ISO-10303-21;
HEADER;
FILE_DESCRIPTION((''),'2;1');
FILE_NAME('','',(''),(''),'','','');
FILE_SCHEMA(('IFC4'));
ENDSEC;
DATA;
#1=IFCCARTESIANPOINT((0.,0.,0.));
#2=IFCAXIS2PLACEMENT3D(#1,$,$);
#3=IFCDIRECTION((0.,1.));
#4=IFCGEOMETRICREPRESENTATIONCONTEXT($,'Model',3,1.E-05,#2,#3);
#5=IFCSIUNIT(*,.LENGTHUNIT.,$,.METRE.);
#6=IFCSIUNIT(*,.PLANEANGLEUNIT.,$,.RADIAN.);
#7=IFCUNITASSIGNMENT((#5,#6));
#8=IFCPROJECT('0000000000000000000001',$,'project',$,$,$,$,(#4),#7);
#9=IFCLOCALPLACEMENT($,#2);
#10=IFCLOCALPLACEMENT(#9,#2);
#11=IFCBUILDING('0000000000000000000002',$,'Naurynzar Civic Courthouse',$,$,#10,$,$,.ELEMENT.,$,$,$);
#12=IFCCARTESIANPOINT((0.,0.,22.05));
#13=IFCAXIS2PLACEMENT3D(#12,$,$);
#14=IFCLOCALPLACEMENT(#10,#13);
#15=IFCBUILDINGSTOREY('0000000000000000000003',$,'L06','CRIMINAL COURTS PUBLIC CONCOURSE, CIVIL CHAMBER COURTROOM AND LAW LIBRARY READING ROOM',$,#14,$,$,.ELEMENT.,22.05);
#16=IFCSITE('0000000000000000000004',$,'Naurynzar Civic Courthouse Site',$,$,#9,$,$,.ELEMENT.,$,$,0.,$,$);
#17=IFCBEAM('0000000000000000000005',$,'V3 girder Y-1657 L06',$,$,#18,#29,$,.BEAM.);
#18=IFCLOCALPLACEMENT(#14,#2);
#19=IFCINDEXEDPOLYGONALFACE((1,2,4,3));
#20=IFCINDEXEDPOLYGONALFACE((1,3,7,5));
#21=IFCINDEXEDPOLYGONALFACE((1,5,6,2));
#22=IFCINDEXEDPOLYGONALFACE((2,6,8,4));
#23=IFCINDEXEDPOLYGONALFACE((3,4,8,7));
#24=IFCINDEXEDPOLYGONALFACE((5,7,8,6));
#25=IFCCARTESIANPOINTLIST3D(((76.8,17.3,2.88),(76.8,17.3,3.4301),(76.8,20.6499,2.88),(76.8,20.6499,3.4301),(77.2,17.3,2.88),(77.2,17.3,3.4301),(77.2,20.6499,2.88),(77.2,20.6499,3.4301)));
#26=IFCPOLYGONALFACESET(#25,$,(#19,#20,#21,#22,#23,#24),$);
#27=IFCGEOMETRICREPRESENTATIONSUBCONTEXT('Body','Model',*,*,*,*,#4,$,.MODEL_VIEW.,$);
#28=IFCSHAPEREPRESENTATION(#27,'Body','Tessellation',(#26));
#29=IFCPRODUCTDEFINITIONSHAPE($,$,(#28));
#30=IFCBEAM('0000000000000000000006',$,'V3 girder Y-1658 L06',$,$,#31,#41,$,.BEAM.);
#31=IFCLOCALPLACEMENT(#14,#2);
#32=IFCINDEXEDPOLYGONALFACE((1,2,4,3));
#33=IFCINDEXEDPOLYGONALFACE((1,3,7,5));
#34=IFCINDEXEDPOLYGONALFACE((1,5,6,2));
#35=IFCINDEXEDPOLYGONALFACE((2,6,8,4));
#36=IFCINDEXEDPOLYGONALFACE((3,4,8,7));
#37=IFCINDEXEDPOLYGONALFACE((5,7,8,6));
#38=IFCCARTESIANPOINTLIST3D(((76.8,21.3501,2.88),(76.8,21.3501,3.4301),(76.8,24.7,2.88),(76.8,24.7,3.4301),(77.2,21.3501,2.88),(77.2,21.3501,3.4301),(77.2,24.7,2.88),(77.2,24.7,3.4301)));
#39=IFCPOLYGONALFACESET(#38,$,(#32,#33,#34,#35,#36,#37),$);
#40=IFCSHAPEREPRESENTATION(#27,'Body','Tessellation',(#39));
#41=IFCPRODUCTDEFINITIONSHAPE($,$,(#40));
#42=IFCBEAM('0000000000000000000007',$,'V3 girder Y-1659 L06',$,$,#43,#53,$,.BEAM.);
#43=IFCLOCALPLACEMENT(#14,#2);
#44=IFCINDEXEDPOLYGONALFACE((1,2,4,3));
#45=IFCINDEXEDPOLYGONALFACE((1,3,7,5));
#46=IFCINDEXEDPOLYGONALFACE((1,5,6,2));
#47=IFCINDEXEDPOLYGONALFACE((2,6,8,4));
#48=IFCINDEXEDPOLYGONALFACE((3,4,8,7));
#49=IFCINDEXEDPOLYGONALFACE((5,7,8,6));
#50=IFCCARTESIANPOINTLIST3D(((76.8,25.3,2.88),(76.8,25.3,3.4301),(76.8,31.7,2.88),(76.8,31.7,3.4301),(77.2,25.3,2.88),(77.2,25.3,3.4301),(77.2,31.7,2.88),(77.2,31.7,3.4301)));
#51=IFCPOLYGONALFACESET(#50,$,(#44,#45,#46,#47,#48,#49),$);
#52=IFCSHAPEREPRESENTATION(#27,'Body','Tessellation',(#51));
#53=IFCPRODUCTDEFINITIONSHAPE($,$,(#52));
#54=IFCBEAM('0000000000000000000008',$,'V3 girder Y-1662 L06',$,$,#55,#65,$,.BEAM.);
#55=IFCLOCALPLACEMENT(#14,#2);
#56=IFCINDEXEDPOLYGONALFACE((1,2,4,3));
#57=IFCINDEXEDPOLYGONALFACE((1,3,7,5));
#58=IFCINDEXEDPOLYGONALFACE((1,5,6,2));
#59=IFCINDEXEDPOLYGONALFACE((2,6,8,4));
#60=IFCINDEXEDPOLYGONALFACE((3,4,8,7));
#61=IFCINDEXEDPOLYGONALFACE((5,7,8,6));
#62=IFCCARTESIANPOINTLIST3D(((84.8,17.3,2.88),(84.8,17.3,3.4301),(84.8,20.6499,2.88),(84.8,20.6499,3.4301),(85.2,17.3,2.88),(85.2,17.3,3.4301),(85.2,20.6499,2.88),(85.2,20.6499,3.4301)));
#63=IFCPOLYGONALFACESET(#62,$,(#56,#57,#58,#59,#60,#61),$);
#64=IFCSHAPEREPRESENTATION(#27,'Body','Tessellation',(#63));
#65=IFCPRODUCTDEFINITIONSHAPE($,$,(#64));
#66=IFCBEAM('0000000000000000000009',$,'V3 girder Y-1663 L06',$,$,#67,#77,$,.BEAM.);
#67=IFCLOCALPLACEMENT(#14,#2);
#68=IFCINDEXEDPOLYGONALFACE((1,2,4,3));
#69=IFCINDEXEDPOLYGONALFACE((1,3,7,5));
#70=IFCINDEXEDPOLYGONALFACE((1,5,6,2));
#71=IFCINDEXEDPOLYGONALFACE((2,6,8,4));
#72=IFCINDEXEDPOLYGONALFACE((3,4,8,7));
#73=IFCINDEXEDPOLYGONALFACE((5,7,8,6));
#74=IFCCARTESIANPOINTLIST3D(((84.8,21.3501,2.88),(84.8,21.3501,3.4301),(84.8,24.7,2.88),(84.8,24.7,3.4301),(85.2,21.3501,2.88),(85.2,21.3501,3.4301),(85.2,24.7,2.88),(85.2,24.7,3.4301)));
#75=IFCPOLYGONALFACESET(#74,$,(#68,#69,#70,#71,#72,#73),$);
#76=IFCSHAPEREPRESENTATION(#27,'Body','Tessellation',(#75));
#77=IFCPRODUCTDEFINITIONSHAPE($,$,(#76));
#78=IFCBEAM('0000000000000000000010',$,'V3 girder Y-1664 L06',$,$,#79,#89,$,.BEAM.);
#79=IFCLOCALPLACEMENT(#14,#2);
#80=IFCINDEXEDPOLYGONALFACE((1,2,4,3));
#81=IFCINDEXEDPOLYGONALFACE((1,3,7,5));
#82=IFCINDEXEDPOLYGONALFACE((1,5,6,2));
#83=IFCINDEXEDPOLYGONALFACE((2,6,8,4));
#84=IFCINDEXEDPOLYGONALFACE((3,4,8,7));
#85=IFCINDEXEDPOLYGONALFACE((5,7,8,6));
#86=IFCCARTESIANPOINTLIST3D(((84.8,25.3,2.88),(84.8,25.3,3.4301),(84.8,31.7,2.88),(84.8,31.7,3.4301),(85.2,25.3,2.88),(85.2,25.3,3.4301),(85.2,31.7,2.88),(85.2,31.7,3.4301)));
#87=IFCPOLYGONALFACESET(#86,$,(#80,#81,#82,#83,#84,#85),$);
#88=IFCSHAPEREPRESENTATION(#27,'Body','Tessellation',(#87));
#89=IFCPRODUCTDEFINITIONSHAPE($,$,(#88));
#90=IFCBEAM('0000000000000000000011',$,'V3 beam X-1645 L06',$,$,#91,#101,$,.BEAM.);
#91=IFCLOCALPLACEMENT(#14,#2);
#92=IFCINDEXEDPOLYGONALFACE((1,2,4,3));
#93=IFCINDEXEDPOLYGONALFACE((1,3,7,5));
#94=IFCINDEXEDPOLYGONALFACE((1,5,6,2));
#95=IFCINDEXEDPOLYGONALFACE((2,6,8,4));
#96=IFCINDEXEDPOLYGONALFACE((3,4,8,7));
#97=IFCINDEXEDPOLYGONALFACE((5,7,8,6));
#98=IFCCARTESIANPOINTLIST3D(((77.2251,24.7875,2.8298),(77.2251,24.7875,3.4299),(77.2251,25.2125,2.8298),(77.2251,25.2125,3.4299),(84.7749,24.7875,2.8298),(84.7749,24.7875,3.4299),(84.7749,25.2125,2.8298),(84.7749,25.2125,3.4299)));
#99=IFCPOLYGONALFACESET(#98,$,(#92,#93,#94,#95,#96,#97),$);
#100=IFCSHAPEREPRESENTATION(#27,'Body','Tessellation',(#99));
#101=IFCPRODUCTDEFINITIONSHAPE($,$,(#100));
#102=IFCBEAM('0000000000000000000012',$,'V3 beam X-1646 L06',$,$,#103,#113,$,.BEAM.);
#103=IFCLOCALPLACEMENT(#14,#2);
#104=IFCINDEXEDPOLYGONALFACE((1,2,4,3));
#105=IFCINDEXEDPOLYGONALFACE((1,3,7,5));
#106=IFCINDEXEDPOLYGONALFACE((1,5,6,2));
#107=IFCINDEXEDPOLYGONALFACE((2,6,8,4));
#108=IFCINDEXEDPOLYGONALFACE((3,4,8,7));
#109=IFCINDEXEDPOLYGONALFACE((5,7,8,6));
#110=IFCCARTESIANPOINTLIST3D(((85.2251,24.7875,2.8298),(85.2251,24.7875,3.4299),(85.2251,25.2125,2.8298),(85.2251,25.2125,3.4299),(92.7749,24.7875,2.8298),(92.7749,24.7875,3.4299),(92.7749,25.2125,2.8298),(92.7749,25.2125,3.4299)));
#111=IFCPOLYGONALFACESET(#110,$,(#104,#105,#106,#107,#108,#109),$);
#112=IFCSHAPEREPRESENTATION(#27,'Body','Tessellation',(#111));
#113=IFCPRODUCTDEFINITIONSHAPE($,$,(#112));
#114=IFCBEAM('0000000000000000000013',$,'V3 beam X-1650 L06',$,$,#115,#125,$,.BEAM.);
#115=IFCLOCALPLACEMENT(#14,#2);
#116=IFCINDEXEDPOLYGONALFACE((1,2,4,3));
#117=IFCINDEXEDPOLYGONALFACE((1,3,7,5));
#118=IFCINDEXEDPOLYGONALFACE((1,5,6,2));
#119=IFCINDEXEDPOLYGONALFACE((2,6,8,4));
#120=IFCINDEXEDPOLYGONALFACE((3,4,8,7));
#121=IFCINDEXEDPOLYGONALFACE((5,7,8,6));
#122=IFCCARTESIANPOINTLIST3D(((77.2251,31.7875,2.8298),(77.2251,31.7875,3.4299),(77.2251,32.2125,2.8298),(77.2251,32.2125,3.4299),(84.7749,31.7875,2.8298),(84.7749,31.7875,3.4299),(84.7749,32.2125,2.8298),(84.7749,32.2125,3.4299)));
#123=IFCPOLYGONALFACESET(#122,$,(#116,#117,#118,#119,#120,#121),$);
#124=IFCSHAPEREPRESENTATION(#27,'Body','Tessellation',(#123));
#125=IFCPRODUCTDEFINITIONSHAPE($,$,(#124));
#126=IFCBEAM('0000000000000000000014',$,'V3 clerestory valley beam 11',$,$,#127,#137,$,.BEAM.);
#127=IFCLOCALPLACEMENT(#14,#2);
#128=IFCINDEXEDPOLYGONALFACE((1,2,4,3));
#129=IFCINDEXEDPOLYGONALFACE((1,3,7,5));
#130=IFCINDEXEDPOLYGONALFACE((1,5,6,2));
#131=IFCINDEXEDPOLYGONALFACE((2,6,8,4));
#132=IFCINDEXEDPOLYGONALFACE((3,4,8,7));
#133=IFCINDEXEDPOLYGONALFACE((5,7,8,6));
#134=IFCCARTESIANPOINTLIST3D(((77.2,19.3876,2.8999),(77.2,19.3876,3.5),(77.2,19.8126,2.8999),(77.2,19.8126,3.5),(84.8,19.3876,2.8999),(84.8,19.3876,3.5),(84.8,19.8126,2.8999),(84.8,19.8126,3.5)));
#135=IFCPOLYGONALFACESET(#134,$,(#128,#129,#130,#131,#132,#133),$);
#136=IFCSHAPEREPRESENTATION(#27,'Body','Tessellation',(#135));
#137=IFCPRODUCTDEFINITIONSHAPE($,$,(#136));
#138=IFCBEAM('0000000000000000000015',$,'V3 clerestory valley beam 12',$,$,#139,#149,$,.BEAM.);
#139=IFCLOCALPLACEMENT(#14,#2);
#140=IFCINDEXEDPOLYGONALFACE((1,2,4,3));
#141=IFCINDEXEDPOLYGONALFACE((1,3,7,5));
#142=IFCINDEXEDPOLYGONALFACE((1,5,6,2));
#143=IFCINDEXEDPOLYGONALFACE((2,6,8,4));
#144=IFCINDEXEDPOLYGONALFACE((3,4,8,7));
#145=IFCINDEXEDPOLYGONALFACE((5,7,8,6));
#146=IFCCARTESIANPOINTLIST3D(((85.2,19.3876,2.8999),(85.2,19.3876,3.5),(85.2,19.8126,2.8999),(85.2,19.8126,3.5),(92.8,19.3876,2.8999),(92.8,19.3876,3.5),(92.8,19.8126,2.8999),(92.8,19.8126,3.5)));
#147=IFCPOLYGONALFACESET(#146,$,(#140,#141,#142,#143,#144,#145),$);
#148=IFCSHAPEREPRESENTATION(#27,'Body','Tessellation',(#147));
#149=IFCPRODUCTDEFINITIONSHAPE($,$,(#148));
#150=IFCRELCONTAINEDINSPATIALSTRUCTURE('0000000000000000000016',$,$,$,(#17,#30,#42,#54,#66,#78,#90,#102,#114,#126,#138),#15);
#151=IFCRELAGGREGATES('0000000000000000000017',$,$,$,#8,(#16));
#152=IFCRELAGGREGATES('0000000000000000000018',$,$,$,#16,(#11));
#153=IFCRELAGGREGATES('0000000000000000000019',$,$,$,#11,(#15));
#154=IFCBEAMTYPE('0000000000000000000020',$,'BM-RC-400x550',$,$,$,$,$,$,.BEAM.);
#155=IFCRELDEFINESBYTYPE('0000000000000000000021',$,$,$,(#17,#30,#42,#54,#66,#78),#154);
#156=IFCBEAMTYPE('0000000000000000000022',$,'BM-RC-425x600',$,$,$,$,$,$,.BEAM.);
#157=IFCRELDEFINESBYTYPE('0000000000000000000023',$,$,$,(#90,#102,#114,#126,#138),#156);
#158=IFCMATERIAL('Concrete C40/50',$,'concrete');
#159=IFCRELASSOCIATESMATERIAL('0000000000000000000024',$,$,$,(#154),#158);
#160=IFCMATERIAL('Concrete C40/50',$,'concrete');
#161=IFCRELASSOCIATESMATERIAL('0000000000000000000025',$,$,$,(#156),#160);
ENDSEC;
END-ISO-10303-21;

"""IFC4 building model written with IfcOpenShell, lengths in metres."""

from ifc_helpers import new_model, si_unit, direction, frame, origin, origin_2d, place, context, subcontext, project, spatial, rectangle, extrude, material, material_profile, profile_set, type_object, element, save


model = new_model("IFC4")

# Units and contexts
model_context = context("Model", 3, precision=1e-05, world=origin(), true_north=direction((0.0, 1.0)))
body_context = subcontext(model_context, "Body", "Model", "MODEL_VIEW")
ifc_project = project(units=[si_unit("LENGTHUNIT", "METRE"), si_unit("PLANEANGLEUNIT", "RADIAN")], contexts=[model_context])

# Site, building, storey
site_placement = place(None, origin())
site = spatial("IfcSite", under=ifc_project, at=site_placement, Name="Naurynzar Civic Courthouse Site", CompositionType="ELEMENT", RefElevation=0.0)
building_placement = place(site_placement, origin())
building = spatial("IfcBuilding", under=site, at=building_placement, Name="Naurynzar Civic Courthouse", CompositionType="ELEMENT")
storey_placement = place(building_placement, frame((0.0, 0.0, 22.05)))
storey = spatial("IfcBuildingStorey", under=building, at=storey_placement, Name="L06", Description="CRIMINAL COURTS PUBLIC CONCOURSE, CIVIL CHAMBER COURTROOM AND LAW LIBRARY READING ROOM", CompositionType="ELEMENT", Elevation=22.05)

# Beams
ifc_material_1 = material(Name="Concrete C40/50", Category="concrete")
ifc_material_profile_1 = material_profile(ifc_material_1, rectangle(XDim=0.3999, YDim=0.55, at=origin_2d()), Name="RCB 400x550")
ifc_profile_set_1 = profile_set([ifc_material_profile_1], Name="Concrete C40/50")
beam_type_1 = type_object("IfcBeamType", Name="BM-RC-400x550", PredefinedType="BEAM", material=ifc_profile_set_1)
for number, where, z_axis, x_axis, name in (
    (1, (77.0, 17.3, 3.155), (0.0, 1.0, 0.0), (-1.0, 0.0, 0.0), "V3 girder Y-1657 L06"),
    (2, (77.0, 21.3501, 3.155), (0.0, 1.0, 0.0), (-1.0, 0.0, 0.0), "V3 girder Y-1658 L06"),
):
    element("IfcBeam", number, at=place(storey_placement, frame(where, z_axis=z_axis, x_axis=x_axis)), inside=storey, type_object=beam_type_1, Name=name, PredefinedType="BEAM", context=body_context, shape_type="SweptSolid", body=[
        extrude(rectangle(XDim=0.3999, YDim=0.55, at=origin_2d()), origin(), (0.0, 0.0, 1.0), 3.3499),
    ])
beam_1_placement = place(storey_placement, frame((77.0, 25.3, 3.155), z_axis=(0.0, 1.0, 0.0), x_axis=(-1.0, 0.0, 0.0)))
element("IfcBeam", 3, at=beam_1_placement, inside=storey, type_object=beam_type_1, Name="V3 girder Y-1659 L06", PredefinedType="BEAM", context=body_context, shape_type="SweptSolid", body=[
    extrude(rectangle(XDim=0.3999, YDim=0.55, at=origin_2d()), origin(), (0.0, 0.0, 1.0), 6.3999),
])
for number, where, z_axis, x_axis, name in (
    (4, (85.0, 17.3, 3.155), (0.0, 1.0, 0.0), (-1.0, 0.0, 0.0), "V3 girder Y-1662 L06"),
    (5, (85.0, 21.3501, 3.155), (0.0, 1.0, 0.0), (-1.0, 0.0, 0.0), "V3 girder Y-1663 L06"),
):
    element("IfcBeam", number, at=place(storey_placement, frame(where, z_axis=z_axis, x_axis=x_axis)), inside=storey, type_object=beam_type_1, Name=name, PredefinedType="BEAM", context=body_context, shape_type="SweptSolid", body=[
        extrude(rectangle(XDim=0.3999, YDim=0.55, at=origin_2d()), origin(), (0.0, 0.0, 1.0), 3.3499),
    ])
beam_2_placement = place(storey_placement, frame((85.0, 25.3, 3.155), z_axis=(0.0, 1.0, 0.0), x_axis=(-1.0, 0.0, 0.0)))
element("IfcBeam", 6, at=beam_2_placement, inside=storey, type_object=beam_type_1, Name="V3 girder Y-1664 L06", PredefinedType="BEAM", context=body_context, shape_type="SweptSolid", body=[
    extrude(rectangle(XDim=0.3999, YDim=0.55, at=origin_2d()), origin(), (0.0, 0.0, 1.0), 6.3999),
])
ifc_material_2 = material(Name="Concrete C40/50", Category="concrete")
ifc_material_profile_2 = material_profile(ifc_material_2, rectangle(XDim=0.425, YDim=0.6001, at=origin_2d()), Name="RCB 425x600")
ifc_profile_set_2 = profile_set([ifc_material_profile_2], Name="Concrete C40/50")
beam_type_2 = type_object("IfcBeamType", Name="BM-RC-425x600", PredefinedType="BEAM", material=ifc_profile_set_2)
for number, where, z_axis, x_axis, name in (
    (7, (77.2251, 25.0, 3.1299), (1.0, 0.0, 0.0), (0.0, 1.0, 0.0), "V3 beam X-1645 L06"),
    (8, (85.2251, 25.0, 3.1299), (1.0, 0.0, 0.0), (0.0, 1.0, 0.0), "V3 beam X-1646 L06"),
    (9, (77.2251, 32.0, 3.1299), (1.0, 0.0, 0.0), (0.0, 1.0, 0.0), "V3 beam X-1650 L06"),
):
    element("IfcBeam", number, at=place(storey_placement, frame(where, z_axis=z_axis, x_axis=x_axis)), inside=storey, type_object=beam_type_2, Name=name, PredefinedType="BEAM", context=body_context, shape_type="SweptSolid", body=[
        extrude(rectangle(XDim=0.425, YDim=0.6001, at=origin_2d()), origin(), (0.0, 0.0, 1.0), 7.5498),
    ])
for number, where, z_axis, x_axis, name in (
    (10, (77.2, 19.6001, 3.2), (1.0, 0.0, 0.0), (0.0, 1.0, 0.0), "V3 clerestory valley beam 11"),
    (11, (85.2, 19.6001, 3.2), (1.0, 0.0, 0.0), (0.0, 1.0, 0.0), "V3 clerestory valley beam 12"),
):
    element("IfcBeam", number, at=place(storey_placement, frame(where, z_axis=z_axis, x_axis=x_axis)), inside=storey, type_object=beam_type_2, Name=name, PredefinedType="BEAM", context=body_context, shape_type="SweptSolid", body=[
        extrude(rectangle(XDim=0.425, YDim=0.6001, at=origin_2d()), origin(), (0.0, 0.0, 1.0), 7.6001),
    ])

save(model, "model.ifc")
